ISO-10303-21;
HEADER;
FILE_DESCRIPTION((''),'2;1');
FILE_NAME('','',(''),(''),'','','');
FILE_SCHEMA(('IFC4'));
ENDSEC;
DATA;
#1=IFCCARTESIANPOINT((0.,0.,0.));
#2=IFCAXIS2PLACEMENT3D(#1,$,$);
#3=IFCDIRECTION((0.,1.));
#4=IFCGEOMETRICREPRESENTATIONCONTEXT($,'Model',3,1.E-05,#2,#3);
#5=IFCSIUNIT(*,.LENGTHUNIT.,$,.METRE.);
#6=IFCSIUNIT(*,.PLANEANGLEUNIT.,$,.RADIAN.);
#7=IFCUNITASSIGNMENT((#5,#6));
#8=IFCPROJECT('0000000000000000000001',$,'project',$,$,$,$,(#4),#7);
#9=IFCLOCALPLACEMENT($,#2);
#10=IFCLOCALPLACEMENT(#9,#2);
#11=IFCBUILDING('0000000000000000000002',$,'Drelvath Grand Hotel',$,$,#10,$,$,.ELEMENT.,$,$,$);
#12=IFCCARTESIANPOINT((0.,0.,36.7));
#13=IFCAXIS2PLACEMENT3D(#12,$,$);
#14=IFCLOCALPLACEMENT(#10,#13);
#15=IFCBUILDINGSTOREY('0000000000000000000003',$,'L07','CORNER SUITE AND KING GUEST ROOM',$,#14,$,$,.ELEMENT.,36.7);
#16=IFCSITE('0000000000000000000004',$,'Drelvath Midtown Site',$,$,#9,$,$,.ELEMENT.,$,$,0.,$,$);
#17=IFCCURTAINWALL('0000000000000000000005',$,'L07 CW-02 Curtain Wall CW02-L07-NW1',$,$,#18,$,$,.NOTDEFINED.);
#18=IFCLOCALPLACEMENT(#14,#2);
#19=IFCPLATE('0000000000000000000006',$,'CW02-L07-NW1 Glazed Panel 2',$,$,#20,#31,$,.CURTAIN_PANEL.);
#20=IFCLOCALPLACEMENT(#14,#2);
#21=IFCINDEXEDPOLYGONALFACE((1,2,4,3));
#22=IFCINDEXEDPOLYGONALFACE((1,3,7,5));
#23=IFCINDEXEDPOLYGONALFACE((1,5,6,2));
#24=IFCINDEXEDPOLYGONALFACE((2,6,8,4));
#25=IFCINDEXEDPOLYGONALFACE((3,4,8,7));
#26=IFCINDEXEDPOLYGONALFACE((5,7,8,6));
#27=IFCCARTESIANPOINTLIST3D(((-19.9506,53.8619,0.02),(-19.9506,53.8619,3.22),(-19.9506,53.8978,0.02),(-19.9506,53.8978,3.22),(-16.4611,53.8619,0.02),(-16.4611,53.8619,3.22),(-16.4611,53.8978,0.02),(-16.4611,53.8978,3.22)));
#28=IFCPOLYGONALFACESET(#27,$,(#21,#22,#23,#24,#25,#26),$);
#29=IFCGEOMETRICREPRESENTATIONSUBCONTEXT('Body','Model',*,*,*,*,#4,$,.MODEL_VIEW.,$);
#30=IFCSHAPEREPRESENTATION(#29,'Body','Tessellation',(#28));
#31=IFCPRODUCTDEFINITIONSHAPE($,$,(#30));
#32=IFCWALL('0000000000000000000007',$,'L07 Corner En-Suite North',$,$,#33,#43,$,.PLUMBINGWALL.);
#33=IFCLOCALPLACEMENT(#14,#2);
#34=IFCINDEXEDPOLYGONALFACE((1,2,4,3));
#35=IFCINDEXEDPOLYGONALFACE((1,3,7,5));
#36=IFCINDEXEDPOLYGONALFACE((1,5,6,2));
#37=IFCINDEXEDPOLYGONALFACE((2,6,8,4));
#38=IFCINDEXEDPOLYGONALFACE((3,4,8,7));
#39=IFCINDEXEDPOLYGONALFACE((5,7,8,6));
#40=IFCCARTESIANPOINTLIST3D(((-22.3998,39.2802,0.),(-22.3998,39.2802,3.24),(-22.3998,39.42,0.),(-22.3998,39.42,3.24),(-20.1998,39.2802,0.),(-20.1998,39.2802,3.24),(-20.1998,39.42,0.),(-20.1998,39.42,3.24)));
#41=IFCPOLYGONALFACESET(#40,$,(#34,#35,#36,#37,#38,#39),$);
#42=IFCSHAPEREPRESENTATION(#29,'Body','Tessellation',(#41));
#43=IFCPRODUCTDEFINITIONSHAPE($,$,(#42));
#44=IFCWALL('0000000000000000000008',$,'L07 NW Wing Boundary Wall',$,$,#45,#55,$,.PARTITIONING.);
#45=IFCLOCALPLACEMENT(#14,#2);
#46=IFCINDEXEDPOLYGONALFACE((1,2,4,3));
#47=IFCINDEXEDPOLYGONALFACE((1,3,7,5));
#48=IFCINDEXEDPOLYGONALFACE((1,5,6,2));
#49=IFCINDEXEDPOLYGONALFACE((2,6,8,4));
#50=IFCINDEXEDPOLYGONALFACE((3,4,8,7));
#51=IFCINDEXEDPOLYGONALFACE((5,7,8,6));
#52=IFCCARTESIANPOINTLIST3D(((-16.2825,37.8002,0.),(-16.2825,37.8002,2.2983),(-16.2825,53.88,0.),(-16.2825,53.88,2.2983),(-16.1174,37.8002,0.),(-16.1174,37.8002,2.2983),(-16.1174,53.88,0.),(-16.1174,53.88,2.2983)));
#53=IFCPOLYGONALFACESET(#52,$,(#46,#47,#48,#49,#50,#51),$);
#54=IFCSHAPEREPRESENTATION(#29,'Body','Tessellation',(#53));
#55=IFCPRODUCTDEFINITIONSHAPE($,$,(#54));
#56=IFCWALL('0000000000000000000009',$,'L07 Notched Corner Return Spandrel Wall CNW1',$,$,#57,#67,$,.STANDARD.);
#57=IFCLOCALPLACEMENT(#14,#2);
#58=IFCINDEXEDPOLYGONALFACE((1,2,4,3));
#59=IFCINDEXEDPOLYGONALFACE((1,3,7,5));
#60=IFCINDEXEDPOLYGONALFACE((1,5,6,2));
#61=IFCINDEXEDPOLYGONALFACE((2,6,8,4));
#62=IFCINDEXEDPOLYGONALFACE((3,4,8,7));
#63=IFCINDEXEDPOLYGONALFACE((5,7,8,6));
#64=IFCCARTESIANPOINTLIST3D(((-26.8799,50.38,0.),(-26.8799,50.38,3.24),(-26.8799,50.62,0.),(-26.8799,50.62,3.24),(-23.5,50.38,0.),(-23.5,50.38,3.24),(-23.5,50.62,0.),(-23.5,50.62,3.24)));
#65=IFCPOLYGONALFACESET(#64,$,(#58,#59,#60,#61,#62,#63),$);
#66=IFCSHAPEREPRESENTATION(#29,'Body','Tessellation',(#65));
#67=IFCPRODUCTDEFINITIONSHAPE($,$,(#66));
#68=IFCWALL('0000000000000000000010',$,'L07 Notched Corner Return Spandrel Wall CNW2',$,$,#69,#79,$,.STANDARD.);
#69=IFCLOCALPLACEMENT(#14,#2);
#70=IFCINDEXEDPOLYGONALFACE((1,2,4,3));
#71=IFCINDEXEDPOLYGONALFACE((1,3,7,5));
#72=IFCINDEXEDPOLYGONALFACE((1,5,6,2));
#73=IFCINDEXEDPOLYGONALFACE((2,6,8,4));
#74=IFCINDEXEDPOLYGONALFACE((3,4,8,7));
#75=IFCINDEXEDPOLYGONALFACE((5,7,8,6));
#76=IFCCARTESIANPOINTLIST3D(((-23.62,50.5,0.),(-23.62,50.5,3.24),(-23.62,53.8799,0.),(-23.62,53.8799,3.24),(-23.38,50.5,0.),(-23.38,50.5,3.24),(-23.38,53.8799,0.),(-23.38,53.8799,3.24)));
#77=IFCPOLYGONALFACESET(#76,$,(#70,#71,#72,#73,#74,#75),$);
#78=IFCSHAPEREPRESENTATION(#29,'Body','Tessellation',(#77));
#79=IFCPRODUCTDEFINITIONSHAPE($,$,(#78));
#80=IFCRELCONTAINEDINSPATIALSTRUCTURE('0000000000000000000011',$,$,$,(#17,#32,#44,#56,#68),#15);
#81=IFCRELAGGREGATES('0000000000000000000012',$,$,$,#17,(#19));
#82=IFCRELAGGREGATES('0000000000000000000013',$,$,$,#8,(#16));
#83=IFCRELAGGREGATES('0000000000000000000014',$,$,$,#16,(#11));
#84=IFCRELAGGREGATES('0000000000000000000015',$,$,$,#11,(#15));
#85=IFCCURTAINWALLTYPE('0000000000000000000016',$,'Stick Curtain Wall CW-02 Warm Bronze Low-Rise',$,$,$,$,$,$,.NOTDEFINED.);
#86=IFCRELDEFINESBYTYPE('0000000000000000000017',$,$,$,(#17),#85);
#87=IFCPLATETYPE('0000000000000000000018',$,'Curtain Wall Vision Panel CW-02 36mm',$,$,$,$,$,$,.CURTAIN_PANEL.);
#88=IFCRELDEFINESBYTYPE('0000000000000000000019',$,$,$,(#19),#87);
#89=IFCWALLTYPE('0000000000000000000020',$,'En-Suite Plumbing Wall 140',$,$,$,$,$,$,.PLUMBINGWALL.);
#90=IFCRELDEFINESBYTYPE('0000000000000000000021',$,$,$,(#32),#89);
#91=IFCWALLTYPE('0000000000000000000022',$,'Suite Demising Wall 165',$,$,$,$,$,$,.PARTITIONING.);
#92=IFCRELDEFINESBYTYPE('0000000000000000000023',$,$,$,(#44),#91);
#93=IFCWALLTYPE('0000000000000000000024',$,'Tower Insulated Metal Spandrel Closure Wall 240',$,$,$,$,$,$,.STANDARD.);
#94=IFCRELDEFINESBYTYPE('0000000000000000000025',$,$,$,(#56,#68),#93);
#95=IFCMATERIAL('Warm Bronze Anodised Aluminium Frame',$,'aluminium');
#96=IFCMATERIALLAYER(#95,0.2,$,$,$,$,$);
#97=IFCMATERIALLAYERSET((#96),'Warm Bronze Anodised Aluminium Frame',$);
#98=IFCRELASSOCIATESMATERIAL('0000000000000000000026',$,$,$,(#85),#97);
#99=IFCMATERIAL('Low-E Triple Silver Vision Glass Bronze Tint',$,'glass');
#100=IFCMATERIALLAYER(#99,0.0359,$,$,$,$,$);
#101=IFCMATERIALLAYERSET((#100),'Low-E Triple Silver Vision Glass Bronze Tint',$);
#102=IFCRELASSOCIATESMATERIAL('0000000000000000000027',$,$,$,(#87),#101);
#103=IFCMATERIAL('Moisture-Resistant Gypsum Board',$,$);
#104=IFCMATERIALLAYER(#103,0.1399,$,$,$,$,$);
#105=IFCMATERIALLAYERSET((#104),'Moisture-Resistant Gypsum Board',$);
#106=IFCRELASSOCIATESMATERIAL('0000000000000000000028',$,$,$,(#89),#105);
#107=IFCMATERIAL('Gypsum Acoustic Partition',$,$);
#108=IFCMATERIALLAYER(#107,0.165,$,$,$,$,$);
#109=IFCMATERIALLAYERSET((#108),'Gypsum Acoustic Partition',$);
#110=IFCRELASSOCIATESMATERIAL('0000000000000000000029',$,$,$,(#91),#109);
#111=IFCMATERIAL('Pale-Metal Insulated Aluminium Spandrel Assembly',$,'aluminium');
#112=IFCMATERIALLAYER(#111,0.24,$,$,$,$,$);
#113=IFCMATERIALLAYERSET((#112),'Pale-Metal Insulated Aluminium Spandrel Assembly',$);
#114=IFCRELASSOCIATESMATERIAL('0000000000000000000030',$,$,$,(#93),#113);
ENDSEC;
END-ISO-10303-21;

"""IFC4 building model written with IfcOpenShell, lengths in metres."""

from ifc_helpers import new_model, si_unit, direction, frame, frame_2d, origin, origin_2d, place, context, subcontext, project, spatial, rectangle, extrude, material, layer, layer_set, type_object, element, aggregate, save


model = new_model("IFC4")

# Units and contexts
model_context = context("Model", 3, precision=1e-05, world=origin(), true_north=direction((0.0, 1.0)))
body_context = subcontext(model_context, "Body", "Model", "MODEL_VIEW")
ifc_project = project(units=[si_unit("LENGTHUNIT", "METRE"), si_unit("PLANEANGLEUNIT", "RADIAN")], contexts=[model_context])

# Site, building, storey
site_placement = place(None, origin())
site = spatial("IfcSite", under=ifc_project, at=site_placement, Name="Drelvath Midtown Site", CompositionType="ELEMENT", RefElevation=0.0)
building_placement = place(site_placement, origin())
building = spatial("IfcBuilding", under=site, at=building_placement, Name="Drelvath Grand Hotel", CompositionType="ELEMENT")
storey_placement = place(building_placement, frame((0.0, 0.0, 36.7)))
storey = spatial("IfcBuildingStorey", under=building, at=storey_placement, Name="L07", Description="CORNER SUITE AND KING GUEST ROOM", CompositionType="ELEMENT", Elevation=36.7)

# Curtain wall
ifc_material_1 = material(Name="Warm Bronze Anodised Aluminium Frame", Category="aluminium")
ifc_layer_1 = layer(ifc_material_1, 0.2)
ifc_layer_set_1 = layer_set([ifc_layer_1], Name="Warm Bronze Anodised Aluminium Frame")
curtain_wall_type = type_object("IfcCurtainWallType", Name="Stick Curtain Wall CW-02 Warm Bronze Low-Rise", PredefinedType="NOTDEFINED", material=ifc_layer_set_1)
curtain_wall_1_placement = place(storey_placement, origin())
curtain_wall_1 = element("IfcCurtainWall", 1, at=curtain_wall_1_placement, inside=storey, type_object=curtain_wall_type, Name="L07 CW-02 Curtain Wall CW02-L07-NW1", PredefinedType="NOTDEFINED")

# Plate
ifc_material_2 = material(Name="Low-E Triple Silver Vision Glass Bronze Tint", Category="glass")
ifc_layer_2 = layer(ifc_material_2, 0.0359)
ifc_layer_set_2 = layer_set([ifc_layer_2], Name="Low-E Triple Silver Vision Glass Bronze Tint")
plate_type = type_object("IfcPlateType", Name="Curtain Wall Vision Panel CW-02 36mm", PredefinedType="CURTAIN_PANEL", material=ifc_layer_set_2)
plate_1_placement = place(storey_placement, frame((-18.2058, 53.8799, 0.02), z_axis=(0.0, 0.0, 1.0), x_axis=(1.0, 0.0, 0.0)))
plate_1 = element("IfcPlate", 2, at=plate_1_placement, type_object=plate_type, Name="CW02-L07-NW1 Glazed Panel 2", PredefinedType="CURTAIN_PANEL", context=body_context, shape_type="SweptSolid", body=[
    extrude(rectangle(XDim=3.4895, YDim=0.0359, at=origin_2d()), origin(), (0.0, 0.0, 1.0), 3.2),
])
aggregate(curtain_wall_1, [plate_1])

# Walls
ifc_material_3 = material(Name="Moisture-Resistant Gypsum Board")
ifc_layer_3 = layer(ifc_material_3, 0.1399)
ifc_layer_set_3 = layer_set([ifc_layer_3], Name="Moisture-Resistant Gypsum Board")
wall_type_1 = type_object("IfcWallType", Name="En-Suite Plumbing Wall 140", PredefinedType="PLUMBINGWALL", material=ifc_layer_set_3)
wall_1_placement = place(storey_placement, frame((-22.3999, 39.3501, 0.0), z_axis=(0.0, 0.0, 1.0), x_axis=(1.0, 0.0, 0.0)))
element("IfcWall", 3, at=wall_1_placement, inside=storey, type_object=wall_type_1, Name="L07 Corner En-Suite North", PredefinedType="PLUMBINGWALL", context=body_context, shape_type="SweptSolid", body=[
    extrude(rectangle(XDim=2.2, YDim=0.1399, at=frame_2d((1.1001, 0.0))), origin(), (0.0, 0.0, 1.0), 3.24),
])
ifc_material_4 = material(Name="Gypsum Acoustic Partition")
ifc_layer_4 = layer(ifc_material_4, 0.165)
ifc_layer_set_4 = layer_set([ifc_layer_4], Name="Gypsum Acoustic Partition")
wall_type_2 = type_object("IfcWallType", Name="Suite Demising Wall 165", PredefinedType="PARTITIONING", material=ifc_layer_set_4)
wall_2_placement = place(storey_placement, frame((-16.2, 37.8, 0.0), z_axis=(0.0, 0.0, 1.0), x_axis=(0.0, 1.0, 0.0)))
element("IfcWall", 4, at=wall_2_placement, inside=storey, type_object=wall_type_2, Name="L07 NW Wing Boundary Wall", PredefinedType="PARTITIONING", context=body_context, shape_type="SweptSolid", body=[
    extrude(rectangle(XDim=16.0798, YDim=0.165, at=frame_2d((8.04, 0.0))), origin(), (0.0, 0.0, 1.0), 2.2983),
])
ifc_material_5 = material(Name="Pale-Metal Insulated Aluminium Spandrel Assembly", Category="aluminium")
ifc_layer_5 = layer(ifc_material_5, 0.24)
ifc_layer_set_5 = layer_set([ifc_layer_5], Name="Pale-Metal Insulated Aluminium Spandrel Assembly")
wall_type_3 = type_object("IfcWallType", Name="Tower Insulated Metal Spandrel Closure Wall 240", PredefinedType="STANDARD", material=ifc_layer_set_5)
for number, where, z_axis, x_axis, name in (
    (5, (-26.8799, 50.5, 0.0), (0.0, 0.0, 1.0), (1.0, 0.0, 0.0), "L07 Notched Corner Return Spandrel Wall CNW1"),
    (6, (-23.5, 50.5, 0.0), (0.0, 0.0, 1.0), (0.0, 1.0, 0.0), "L07 Notched Corner Return Spandrel Wall CNW2"),
):
    element("IfcWall", number, at=place(storey_placement, frame(where, z_axis=z_axis, x_axis=x_axis)), inside=storey, type_object=wall_type_3, Name=name, PredefinedType="STANDARD", context=body_context, shape_type="SweptSolid", body=[
        extrude(rectangle(XDim=3.3799, YDim=0.24, at=frame_2d((1.6899, 0.0))), origin(), (0.0, 0.0, 1.0), 3.24),
    ])

save(model, "model.ifc")
